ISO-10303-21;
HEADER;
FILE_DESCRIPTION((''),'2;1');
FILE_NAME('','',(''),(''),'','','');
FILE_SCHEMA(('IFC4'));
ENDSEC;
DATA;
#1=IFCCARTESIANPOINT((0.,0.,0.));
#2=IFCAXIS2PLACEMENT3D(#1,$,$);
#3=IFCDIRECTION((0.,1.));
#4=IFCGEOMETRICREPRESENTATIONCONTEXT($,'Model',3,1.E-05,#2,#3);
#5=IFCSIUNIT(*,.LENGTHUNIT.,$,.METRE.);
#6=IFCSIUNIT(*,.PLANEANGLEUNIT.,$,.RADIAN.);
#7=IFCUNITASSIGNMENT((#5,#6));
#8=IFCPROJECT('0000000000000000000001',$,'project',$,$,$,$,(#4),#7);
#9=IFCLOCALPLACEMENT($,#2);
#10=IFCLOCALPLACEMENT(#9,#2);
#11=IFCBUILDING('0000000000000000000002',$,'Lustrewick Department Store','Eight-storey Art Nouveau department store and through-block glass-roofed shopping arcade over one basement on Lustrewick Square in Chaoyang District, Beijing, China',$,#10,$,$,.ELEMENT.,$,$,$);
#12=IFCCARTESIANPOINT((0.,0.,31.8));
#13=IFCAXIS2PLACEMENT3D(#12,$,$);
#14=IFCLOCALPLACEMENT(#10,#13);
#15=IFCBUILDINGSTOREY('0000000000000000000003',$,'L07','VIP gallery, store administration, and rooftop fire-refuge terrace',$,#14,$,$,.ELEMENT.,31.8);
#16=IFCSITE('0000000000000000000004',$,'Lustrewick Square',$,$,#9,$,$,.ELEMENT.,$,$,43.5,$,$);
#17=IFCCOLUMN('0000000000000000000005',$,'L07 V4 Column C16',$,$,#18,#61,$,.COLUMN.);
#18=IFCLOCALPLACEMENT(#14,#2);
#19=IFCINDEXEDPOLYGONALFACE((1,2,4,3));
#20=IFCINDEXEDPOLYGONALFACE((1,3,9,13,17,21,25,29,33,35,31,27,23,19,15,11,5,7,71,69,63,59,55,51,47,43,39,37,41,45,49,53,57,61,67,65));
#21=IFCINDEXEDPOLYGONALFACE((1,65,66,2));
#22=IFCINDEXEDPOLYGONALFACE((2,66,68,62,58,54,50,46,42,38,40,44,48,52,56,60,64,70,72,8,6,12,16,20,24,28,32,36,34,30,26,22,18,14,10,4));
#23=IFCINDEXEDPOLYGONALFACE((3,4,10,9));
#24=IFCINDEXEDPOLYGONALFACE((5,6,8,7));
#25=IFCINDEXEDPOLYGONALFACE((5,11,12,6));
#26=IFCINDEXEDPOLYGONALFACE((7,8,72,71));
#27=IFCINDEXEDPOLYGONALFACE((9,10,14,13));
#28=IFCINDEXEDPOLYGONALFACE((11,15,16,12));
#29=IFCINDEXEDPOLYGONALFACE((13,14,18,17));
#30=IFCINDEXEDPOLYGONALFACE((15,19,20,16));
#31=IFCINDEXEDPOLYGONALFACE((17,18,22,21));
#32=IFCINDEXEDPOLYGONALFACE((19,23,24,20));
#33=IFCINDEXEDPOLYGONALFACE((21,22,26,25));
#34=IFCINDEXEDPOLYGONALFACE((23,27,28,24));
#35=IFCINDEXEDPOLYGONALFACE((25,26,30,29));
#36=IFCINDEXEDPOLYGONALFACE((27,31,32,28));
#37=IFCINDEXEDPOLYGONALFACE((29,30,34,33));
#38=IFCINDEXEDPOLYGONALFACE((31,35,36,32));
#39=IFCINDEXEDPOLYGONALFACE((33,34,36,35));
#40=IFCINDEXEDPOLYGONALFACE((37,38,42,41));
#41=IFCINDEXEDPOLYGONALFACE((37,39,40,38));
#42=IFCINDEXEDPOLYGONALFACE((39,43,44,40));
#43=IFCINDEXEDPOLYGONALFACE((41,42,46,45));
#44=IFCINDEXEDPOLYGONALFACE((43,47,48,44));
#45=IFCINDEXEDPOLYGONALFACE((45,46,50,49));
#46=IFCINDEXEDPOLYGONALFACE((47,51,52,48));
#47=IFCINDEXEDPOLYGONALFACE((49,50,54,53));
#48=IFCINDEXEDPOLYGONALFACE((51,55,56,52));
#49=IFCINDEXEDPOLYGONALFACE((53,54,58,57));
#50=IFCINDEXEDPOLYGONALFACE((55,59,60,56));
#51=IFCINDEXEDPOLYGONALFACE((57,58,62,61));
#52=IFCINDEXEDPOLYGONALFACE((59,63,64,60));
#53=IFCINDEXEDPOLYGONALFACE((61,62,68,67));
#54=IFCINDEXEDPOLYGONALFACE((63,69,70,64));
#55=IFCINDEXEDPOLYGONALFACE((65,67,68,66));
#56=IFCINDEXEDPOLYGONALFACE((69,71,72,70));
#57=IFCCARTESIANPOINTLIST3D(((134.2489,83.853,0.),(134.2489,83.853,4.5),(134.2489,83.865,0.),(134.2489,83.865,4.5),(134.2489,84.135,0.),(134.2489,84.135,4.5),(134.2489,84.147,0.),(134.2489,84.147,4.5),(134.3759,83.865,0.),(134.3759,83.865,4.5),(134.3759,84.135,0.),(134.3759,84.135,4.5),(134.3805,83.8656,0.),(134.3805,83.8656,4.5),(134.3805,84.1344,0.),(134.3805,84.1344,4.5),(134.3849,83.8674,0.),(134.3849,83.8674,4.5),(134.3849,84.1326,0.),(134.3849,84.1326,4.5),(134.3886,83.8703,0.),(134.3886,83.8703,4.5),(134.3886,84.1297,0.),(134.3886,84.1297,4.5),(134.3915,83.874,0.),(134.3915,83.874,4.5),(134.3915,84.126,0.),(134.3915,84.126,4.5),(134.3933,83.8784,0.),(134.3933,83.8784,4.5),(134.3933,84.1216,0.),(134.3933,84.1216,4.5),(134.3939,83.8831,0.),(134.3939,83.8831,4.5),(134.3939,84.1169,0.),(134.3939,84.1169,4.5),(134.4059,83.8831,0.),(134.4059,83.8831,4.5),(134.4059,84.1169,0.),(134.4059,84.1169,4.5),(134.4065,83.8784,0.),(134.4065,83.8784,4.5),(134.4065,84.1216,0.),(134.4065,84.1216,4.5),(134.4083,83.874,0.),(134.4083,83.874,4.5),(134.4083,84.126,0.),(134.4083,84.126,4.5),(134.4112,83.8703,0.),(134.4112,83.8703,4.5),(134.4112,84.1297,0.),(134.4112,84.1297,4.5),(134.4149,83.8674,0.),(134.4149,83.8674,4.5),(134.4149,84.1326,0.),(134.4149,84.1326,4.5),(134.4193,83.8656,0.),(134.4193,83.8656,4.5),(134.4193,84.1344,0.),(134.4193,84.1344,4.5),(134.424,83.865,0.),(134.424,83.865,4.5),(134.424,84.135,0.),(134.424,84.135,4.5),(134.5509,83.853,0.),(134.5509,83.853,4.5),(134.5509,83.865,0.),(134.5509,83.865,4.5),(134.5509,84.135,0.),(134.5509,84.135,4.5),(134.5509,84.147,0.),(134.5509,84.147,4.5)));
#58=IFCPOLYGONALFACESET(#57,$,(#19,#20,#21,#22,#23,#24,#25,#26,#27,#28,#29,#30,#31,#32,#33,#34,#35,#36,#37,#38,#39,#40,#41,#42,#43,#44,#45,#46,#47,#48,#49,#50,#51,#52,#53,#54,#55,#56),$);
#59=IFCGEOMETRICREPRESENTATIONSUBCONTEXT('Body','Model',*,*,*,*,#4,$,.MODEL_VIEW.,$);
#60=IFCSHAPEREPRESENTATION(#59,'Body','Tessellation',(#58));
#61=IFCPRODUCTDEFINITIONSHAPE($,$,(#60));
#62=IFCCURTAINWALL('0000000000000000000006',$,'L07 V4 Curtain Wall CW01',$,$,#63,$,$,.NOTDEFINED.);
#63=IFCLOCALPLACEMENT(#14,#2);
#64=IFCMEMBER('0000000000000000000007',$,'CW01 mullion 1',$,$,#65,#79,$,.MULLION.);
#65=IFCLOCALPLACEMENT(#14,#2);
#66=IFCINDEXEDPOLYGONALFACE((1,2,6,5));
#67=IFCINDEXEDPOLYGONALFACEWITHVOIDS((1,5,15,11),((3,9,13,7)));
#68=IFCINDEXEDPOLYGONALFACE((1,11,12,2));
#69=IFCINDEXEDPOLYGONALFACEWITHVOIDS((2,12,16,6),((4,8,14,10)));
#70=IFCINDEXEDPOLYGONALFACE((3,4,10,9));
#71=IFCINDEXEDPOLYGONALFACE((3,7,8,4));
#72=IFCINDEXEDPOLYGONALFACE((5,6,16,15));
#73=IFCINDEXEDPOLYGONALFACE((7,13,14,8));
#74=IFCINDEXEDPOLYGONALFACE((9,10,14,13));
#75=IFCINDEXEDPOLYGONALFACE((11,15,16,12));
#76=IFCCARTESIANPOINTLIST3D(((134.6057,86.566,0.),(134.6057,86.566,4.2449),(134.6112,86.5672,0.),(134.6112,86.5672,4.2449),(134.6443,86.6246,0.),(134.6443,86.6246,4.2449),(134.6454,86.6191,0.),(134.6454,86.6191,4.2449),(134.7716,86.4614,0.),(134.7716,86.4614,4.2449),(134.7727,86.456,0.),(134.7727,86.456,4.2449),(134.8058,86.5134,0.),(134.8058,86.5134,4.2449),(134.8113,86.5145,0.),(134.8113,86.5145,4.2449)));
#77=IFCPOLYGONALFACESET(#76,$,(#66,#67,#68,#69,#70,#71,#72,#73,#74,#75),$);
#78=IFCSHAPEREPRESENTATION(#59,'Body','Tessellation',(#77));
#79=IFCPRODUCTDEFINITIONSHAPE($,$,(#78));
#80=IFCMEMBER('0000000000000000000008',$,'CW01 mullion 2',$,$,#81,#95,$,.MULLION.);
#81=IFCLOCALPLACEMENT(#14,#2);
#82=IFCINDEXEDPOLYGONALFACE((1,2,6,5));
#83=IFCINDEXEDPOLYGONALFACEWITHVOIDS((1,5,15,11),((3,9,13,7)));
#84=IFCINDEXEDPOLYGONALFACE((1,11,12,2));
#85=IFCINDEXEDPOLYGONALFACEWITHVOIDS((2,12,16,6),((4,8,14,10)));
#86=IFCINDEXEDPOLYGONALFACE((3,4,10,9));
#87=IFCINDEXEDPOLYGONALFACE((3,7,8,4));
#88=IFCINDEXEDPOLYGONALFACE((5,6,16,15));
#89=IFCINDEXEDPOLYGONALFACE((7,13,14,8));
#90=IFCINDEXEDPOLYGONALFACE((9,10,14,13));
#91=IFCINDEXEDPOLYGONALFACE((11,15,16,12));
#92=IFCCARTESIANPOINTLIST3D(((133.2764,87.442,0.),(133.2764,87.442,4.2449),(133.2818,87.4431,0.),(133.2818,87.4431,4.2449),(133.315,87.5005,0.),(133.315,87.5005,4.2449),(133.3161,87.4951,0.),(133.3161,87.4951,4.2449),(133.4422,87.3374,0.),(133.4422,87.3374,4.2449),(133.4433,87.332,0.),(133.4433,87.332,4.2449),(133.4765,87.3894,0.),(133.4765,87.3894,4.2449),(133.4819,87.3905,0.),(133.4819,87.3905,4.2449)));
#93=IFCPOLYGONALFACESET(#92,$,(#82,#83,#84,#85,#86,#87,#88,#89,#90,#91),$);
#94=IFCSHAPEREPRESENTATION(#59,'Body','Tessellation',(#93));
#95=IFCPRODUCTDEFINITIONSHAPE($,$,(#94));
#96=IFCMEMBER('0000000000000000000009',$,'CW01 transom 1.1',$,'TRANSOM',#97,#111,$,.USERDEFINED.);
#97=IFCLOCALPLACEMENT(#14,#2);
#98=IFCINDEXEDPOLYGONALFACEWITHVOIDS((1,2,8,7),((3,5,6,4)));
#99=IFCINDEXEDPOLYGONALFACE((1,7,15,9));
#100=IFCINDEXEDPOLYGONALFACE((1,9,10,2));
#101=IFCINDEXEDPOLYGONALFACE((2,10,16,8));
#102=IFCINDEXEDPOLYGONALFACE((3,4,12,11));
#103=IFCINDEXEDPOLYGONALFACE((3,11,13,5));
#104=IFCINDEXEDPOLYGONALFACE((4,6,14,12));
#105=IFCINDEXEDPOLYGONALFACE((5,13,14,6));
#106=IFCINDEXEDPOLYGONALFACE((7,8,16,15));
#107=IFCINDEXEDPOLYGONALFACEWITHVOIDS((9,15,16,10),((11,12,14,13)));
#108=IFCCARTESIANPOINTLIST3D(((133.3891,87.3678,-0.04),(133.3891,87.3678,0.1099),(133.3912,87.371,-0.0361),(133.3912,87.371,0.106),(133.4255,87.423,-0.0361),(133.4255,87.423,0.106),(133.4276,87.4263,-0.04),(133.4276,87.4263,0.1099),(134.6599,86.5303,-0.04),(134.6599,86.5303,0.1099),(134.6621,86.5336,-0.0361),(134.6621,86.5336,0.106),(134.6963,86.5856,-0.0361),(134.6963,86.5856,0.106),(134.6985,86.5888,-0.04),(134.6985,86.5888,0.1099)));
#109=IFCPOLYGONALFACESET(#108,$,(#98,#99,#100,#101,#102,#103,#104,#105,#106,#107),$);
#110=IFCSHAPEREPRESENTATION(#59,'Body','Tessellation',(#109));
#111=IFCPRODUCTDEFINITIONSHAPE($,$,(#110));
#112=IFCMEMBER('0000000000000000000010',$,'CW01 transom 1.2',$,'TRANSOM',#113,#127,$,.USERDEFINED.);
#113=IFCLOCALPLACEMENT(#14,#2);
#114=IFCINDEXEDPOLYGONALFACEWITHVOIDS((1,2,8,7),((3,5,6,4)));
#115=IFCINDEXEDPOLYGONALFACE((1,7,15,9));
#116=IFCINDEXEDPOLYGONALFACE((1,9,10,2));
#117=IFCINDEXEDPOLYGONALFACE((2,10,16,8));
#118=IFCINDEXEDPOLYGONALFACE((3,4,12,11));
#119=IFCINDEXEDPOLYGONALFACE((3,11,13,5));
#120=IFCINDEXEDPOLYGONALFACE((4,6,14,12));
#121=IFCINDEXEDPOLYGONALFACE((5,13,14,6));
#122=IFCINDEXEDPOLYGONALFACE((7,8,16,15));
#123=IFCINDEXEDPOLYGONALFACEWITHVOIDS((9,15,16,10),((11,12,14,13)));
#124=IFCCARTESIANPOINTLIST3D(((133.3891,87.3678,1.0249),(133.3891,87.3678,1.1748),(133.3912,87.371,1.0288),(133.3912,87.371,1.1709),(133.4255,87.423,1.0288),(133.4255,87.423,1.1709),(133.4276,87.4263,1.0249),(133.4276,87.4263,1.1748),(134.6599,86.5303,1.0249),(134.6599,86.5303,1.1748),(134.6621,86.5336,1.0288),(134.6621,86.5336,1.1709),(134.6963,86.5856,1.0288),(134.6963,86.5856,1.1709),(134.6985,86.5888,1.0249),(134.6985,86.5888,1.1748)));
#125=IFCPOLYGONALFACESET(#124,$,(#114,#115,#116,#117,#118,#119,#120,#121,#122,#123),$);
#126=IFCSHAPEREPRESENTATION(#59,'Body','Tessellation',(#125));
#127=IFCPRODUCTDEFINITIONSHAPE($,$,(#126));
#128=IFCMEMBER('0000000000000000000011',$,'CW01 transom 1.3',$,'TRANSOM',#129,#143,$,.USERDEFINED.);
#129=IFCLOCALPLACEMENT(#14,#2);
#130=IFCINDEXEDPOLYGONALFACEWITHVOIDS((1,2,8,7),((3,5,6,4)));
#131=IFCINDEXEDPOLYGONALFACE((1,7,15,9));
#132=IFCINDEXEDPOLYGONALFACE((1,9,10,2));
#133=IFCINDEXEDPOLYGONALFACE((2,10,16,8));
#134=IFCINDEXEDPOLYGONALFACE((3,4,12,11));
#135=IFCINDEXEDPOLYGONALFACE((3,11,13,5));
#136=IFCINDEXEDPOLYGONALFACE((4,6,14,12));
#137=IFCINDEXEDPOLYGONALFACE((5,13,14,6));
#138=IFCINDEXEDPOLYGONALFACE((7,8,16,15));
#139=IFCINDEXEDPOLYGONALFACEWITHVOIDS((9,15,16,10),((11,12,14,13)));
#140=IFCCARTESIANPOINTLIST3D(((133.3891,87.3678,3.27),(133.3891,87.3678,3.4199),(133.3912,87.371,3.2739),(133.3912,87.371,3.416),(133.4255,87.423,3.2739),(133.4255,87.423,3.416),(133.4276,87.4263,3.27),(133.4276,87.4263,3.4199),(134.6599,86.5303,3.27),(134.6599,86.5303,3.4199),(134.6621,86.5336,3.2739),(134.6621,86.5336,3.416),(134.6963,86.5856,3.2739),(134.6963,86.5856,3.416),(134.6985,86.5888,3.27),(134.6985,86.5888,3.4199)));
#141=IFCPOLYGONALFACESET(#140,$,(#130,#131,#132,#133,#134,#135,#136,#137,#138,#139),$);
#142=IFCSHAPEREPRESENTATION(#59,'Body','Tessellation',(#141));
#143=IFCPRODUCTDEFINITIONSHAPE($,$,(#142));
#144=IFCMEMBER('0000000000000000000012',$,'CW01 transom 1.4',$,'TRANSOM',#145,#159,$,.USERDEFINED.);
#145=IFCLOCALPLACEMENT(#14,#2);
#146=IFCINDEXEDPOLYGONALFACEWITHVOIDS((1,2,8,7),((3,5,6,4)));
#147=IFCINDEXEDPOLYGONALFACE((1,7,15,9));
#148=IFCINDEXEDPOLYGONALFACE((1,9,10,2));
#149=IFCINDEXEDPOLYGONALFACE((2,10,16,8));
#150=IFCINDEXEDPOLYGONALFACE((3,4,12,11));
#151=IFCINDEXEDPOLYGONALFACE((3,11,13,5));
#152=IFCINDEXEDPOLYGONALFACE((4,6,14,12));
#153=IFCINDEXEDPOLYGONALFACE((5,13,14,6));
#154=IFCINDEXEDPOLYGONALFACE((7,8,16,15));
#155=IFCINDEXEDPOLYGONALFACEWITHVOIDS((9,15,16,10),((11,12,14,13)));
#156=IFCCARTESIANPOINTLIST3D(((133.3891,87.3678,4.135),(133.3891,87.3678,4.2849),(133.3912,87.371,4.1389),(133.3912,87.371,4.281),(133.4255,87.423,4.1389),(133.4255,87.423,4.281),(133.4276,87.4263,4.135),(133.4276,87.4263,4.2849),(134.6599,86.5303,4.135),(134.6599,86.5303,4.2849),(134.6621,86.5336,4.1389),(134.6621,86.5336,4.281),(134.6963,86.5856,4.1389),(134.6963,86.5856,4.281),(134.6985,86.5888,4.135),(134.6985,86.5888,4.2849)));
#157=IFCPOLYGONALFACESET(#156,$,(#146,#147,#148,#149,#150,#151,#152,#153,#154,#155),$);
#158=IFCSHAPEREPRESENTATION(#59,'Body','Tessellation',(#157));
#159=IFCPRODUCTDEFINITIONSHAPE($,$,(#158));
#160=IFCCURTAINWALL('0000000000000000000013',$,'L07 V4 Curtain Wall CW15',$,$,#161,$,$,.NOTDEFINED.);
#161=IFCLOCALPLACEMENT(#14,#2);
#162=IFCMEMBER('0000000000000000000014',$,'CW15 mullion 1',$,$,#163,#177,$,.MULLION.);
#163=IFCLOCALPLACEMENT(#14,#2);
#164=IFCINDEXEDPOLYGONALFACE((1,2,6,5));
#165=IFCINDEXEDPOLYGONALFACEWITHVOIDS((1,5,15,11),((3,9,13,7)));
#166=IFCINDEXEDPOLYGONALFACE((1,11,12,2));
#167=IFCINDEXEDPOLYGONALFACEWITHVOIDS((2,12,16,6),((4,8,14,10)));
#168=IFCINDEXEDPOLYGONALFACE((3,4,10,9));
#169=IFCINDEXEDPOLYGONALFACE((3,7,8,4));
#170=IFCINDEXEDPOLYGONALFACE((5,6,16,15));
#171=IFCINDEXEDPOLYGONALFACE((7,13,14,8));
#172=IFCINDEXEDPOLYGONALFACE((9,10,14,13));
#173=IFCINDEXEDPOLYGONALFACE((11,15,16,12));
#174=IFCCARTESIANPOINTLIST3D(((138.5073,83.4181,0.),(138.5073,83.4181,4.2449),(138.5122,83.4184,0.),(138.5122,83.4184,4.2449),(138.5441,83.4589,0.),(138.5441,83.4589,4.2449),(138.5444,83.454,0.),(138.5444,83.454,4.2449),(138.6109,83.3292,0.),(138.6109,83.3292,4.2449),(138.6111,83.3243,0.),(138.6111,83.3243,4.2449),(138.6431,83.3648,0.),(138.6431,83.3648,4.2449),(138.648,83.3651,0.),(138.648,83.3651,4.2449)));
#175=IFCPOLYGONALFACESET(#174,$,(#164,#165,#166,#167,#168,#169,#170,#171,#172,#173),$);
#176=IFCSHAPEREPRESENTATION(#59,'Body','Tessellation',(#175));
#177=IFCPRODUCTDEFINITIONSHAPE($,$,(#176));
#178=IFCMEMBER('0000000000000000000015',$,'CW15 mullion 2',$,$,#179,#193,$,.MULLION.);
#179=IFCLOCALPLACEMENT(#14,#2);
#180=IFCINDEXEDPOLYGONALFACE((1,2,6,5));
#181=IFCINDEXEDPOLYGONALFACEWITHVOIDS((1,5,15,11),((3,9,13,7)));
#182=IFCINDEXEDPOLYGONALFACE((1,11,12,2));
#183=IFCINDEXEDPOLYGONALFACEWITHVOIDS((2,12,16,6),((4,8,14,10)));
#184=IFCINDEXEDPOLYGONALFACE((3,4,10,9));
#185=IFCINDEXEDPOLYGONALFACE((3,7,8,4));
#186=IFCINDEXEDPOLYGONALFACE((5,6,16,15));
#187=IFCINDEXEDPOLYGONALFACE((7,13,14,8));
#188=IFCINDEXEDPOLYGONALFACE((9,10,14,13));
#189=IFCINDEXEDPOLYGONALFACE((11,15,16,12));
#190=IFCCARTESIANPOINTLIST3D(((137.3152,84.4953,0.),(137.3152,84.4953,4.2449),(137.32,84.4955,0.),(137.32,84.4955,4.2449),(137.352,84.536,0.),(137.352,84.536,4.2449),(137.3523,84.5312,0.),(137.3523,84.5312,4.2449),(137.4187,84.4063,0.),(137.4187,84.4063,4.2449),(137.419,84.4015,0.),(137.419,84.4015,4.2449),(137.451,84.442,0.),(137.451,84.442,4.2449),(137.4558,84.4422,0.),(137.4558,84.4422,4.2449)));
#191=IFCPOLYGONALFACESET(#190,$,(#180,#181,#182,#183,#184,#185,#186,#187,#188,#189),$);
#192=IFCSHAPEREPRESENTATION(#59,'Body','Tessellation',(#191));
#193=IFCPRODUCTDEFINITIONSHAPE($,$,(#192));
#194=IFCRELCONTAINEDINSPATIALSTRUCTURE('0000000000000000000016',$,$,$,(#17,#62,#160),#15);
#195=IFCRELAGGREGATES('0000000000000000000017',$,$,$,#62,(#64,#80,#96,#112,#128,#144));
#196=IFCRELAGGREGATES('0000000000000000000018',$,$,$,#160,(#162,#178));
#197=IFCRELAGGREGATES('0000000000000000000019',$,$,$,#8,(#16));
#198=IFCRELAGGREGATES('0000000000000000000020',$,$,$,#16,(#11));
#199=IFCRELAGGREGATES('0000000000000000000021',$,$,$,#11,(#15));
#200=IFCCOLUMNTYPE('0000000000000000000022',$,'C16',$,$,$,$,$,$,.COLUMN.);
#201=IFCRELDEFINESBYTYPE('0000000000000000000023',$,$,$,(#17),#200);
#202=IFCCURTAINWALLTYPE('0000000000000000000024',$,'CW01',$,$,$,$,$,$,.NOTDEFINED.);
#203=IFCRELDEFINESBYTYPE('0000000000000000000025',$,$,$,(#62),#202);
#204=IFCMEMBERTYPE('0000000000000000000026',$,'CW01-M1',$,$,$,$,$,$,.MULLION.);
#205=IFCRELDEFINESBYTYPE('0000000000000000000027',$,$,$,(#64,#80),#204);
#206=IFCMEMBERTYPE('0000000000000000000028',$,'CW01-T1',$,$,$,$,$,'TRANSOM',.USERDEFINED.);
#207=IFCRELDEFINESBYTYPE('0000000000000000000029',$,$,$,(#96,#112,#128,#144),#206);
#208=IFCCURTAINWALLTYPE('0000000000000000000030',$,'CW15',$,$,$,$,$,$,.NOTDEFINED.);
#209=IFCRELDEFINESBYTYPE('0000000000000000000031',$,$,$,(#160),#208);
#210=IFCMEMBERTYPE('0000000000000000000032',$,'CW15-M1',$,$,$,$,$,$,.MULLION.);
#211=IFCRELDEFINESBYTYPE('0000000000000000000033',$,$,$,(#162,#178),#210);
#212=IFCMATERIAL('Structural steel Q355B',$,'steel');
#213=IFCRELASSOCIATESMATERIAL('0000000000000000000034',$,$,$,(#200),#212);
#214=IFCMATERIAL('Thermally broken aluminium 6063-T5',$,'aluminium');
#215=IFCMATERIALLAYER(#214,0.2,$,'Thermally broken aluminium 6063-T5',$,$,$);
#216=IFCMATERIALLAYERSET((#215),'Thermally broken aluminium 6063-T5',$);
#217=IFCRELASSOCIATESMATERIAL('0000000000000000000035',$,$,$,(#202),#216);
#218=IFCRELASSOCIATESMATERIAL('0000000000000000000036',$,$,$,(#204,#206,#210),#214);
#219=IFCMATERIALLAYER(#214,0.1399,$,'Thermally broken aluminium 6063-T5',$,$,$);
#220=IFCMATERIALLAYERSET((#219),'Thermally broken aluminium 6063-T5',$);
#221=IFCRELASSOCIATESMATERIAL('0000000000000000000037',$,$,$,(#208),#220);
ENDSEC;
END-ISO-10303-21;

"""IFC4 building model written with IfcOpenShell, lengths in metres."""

from ifc_helpers import new_model, si_unit, direction, frame, origin, origin_2d, place, context, subcontext, project, spatial, hollow_rectangle, i_section, extrude, material, layer, layer_set, material_profile, profile_set, type_object, element, aggregate, save


model = new_model("IFC4")

# Units and contexts
model_context = context("Model", 3, precision=1e-05, world=origin(), true_north=direction((0.0, 1.0)))
body_context = subcontext(model_context, "Body", "Model", "MODEL_VIEW")
ifc_project = project(units=[si_unit("LENGTHUNIT", "METRE"), si_unit("PLANEANGLEUNIT", "RADIAN")], contexts=[model_context])

# Site, building, storey
site_placement = place(None, origin())
site = spatial("IfcSite", under=ifc_project, at=site_placement, Name="Lustrewick Square", CompositionType="ELEMENT", RefElevation=43.5)
building_placement = place(site_placement, origin())
building = spatial("IfcBuilding", under=site, at=building_placement, Name="Lustrewick Department Store", Description="Eight-storey Art Nouveau department store and through-block glass-roofed shopping arcade over one basement on Lustrewick Square in Chaoyang District, Beijing, China", CompositionType="ELEMENT")
storey_placement = place(building_placement, frame((0.0, 0.0, 31.8)))
storey = spatial("IfcBuildingStorey", under=building, at=storey_placement, Name="L07", Description="VIP gallery, store administration, and rooftop fire-refuge terrace", CompositionType="ELEMENT", Elevation=31.8)

# Column
ifc_material_1 = material(Name="Structural steel Q355B", Category="steel")
ifc_material_profile_1 = material_profile(ifc_material_1, i_section(OverallWidth=0.302, OverallDepth=0.2939, WebThickness=0.012, FlangeThickness=0.012, FilletRadius=0.0181, at=origin_2d()), Name="HW 294x302x12x12")
ifc_profile_set_1 = profile_set([ifc_material_profile_1], Name="Structural steel Q355B")
column_type = type_object("IfcColumnType", Name="C16", PredefinedType="COLUMN", material=ifc_profile_set_1)
column_placement = place(storey_placement, frame((134.3999, 84.0, 0.0), z_axis=(0.0, 0.0, 1.0), x_axis=(1.0, 0.0, 0.0)))
element("IfcColumn", 1, at=column_placement, inside=storey, type_object=column_type, Name="L07 V4 Column C16", PredefinedType="COLUMN", context=body_context, shape_type="SweptSolid", body=[
    extrude(i_section(OverallWidth=0.302, OverallDepth=0.2939, WebThickness=0.012, FlangeThickness=0.012, FilletRadius=0.0181, at=origin_2d()), origin(), (0.0, 0.0, 1.0), 4.5),
])

# Curtain walls, members
ifc_material_2 = material(Name="Thermally broken aluminium 6063-T5", Category="aluminium")
ifc_layer_1 = layer(ifc_material_2, 0.2, Name="Thermally broken aluminium 6063-T5")
ifc_layer_set_1 = layer_set([ifc_layer_1], Name="Thermally broken aluminium 6063-T5")
curtain_wall_type_1 = type_object("IfcCurtainWallType", Name="CW01", PredefinedType="NOTDEFINED", material=ifc_layer_set_1)
curtain_wall_1_placement = place(storey_placement, origin())
curtain_wall_1 = element("IfcCurtainWall", 2, at=curtain_wall_1_placement, inside=storey, type_object=curtain_wall_type_1, Name="L07 V4 Curtain Wall CW01", PredefinedType="NOTDEFINED")
ifc_material_profile_2 = material_profile(ifc_material_2, hollow_rectangle(XDim=0.0701, YDim=0.2, WallThickness=0.0039, at=origin_2d()), Name="ALU-M 70x200x4")
ifc_profile_set_2 = profile_set([ifc_material_profile_2], Name="Thermally broken aluminium 6063-T5")
member_type_1 = type_object("IfcMemberType", Name="CW01-M1", PredefinedType="MULLION", material=ifc_profile_set_2)
member_1_placement = place(storey_placement, frame((134.7085, 86.5403, 0.0), z_axis=(0.0, 0.0, 1.0), x_axis=(-0.55029, -0.834973, 0.0)))
member_1 = element("IfcMember", 3, at=member_1_placement, type_object=member_type_1, Name="CW01 mullion 1", PredefinedType="MULLION", context=body_context, shape_type="SweptSolid", body=[
    extrude(hollow_rectangle(XDim=0.0701, YDim=0.2, WallThickness=0.0039, at=origin_2d()), origin(), (0.0, 0.0, 1.0), 4.2449),
])
member_2_placement = place(storey_placement, frame((133.3792, 87.4163, 0.0), z_axis=(0.0, 0.0, 1.0), x_axis=(-0.55029, -0.834973, 0.0)))
member_2 = element("IfcMember", 4, at=member_2_placement, type_object=member_type_1, Name="CW01 mullion 2", PredefinedType="MULLION", context=body_context, shape_type="SweptSolid", body=[
    extrude(hollow_rectangle(XDim=0.0701, YDim=0.2, WallThickness=0.0039, at=origin_2d()), origin(), (0.0, 0.0, 1.0), 4.2449),
])
ifc_material_profile_3 = material_profile(ifc_material_2, hollow_rectangle(XDim=0.0701, YDim=0.1499, WallThickness=0.0039, at=origin_2d()), Name="ALU-T 70x150x4")
ifc_profile_set_3 = profile_set([ifc_material_profile_3], Name="Thermally broken aluminium 6063-T5")
member_type_2 = type_object("IfcMemberType", Name="CW01-T1", ElementType="TRANSOM", PredefinedType="USERDEFINED", material=ifc_profile_set_3)
member_3_placement = place(storey_placement, frame((134.6792, 86.5596, 0.0349), z_axis=(-0.835, 0.55025, 0.0), x_axis=(-0.55025, -0.835, 0.0)))
member_3 = element("IfcMember", 5, at=member_3_placement, type_object=member_type_2, Name="CW01 transom 1.1", ObjectType="TRANSOM", PredefinedType="USERDEFINED", context=body_context, shape_type="SweptSolid", body=[
    extrude(hollow_rectangle(XDim=0.0701, YDim=0.1499, WallThickness=0.0039, at=origin_2d()), origin(), (0.0, 0.0, 1.0), 1.522),
])
member_4_placement = place(storey_placement, frame((134.6792, 86.5596, 1.0999), z_axis=(-0.835, 0.55025, 0.0), x_axis=(-0.55025, -0.835, 0.0)))
member_4 = element("IfcMember", 6, at=member_4_placement, type_object=member_type_2, Name="CW01 transom 1.2", ObjectType="TRANSOM", PredefinedType="USERDEFINED", context=body_context, shape_type="SweptSolid", body=[
    extrude(hollow_rectangle(XDim=0.0701, YDim=0.1499, WallThickness=0.0039, at=origin_2d()), origin(), (0.0, 0.0, 1.0), 1.522),
])
member_5_placement = place(storey_placement, frame((134.6792, 86.5596, 3.345), z_axis=(-0.835, 0.55025, 0.0), x_axis=(-0.55025, -0.835, 0.0)))
member_5 = element("IfcMember", 7, at=member_5_placement, type_object=member_type_2, Name="CW01 transom 1.3", ObjectType="TRANSOM", PredefinedType="USERDEFINED", context=body_context, shape_type="SweptSolid", body=[
    extrude(hollow_rectangle(XDim=0.0701, YDim=0.1499, WallThickness=0.0039, at=origin_2d()), origin(), (0.0, 0.0, 1.0), 1.522),
])
member_6_placement = place(storey_placement, frame((134.6792, 86.5596, 4.21), z_axis=(-0.835, 0.55025, 0.0), x_axis=(-0.55025, -0.835, 0.0)))
member_6 = element("IfcMember", 8, at=member_6_placement, type_object=member_type_2, Name="CW01 transom 1.4", ObjectType="TRANSOM", PredefinedType="USERDEFINED", context=body_context, shape_type="SweptSolid", body=[
    extrude(hollow_rectangle(XDim=0.0701, YDim=0.1499, WallThickness=0.0039, at=origin_2d()), origin(), (0.0, 0.0, 1.0), 1.522),
])
ifc_layer_2 = layer(ifc_material_2, 0.1399, Name="Thermally broken aluminium 6063-T5")
ifc_layer_set_2 = layer_set([ifc_layer_2], Name="Thermally broken aluminium 6063-T5")
curtain_wall_type_2 = type_object("IfcCurtainWallType", Name="CW15", PredefinedType="NOTDEFINED", material=ifc_layer_set_2)
curtain_wall_2_placement = place(storey_placement, origin())
curtain_wall_2 = element("IfcCurtainWall", 9, at=curtain_wall_2_placement, inside=storey, type_object=curtain_wall_type_2, Name="L07 V4 Curtain Wall CW15", PredefinedType="NOTDEFINED")
ifc_material_profile_4 = material_profile(ifc_material_2, hollow_rectangle(XDim=0.0549, YDim=0.1399, WallThickness=0.0034, at=origin_2d()), Name="ALU-M 55x140x3.5")
ifc_profile_set_4 = profile_set([ifc_material_profile_4], Name="Thermally broken aluminium 6063-T5")
member_type_3 = type_object("IfcMemberType", Name="CW15-M1", PredefinedType="MULLION", material=ifc_profile_set_4)
member_7_placement = place(storey_placement, frame((138.5776, 83.3916, 0.0), z_axis=(0.0, 0.0, 1.0), x_axis=(-0.670396, -0.742003, 0.0)))
member_7 = element("IfcMember", 10, at=member_7_placement, type_object=member_type_3, Name="CW15 mullion 1", PredefinedType="MULLION", context=body_context, shape_type="SweptSolid", body=[
    extrude(hollow_rectangle(XDim=0.0549, YDim=0.1399, WallThickness=0.0034, at=origin_2d()), origin(), (0.0, 0.0, 1.0), 4.2449),
])
member_8_placement = place(storey_placement, frame((137.3855, 84.4688, 0.0), z_axis=(0.0, 0.0, 1.0), x_axis=(-0.670396, -0.742003, 0.0)))
member_8 = element("IfcMember", 11, at=member_8_placement, type_object=member_type_3, Name="CW15 mullion 2", PredefinedType="MULLION", context=body_context, shape_type="SweptSolid", body=[
    extrude(hollow_rectangle(XDim=0.0549, YDim=0.1399, WallThickness=0.0034, at=origin_2d()), origin(), (0.0, 0.0, 1.0), 4.2449),
])

aggregate(curtain_wall_1, [member_1, member_2, member_3, member_4, member_5, member_6])
aggregate(curtain_wall_2, [member_7, member_8])

save(model, "model.ifc")
